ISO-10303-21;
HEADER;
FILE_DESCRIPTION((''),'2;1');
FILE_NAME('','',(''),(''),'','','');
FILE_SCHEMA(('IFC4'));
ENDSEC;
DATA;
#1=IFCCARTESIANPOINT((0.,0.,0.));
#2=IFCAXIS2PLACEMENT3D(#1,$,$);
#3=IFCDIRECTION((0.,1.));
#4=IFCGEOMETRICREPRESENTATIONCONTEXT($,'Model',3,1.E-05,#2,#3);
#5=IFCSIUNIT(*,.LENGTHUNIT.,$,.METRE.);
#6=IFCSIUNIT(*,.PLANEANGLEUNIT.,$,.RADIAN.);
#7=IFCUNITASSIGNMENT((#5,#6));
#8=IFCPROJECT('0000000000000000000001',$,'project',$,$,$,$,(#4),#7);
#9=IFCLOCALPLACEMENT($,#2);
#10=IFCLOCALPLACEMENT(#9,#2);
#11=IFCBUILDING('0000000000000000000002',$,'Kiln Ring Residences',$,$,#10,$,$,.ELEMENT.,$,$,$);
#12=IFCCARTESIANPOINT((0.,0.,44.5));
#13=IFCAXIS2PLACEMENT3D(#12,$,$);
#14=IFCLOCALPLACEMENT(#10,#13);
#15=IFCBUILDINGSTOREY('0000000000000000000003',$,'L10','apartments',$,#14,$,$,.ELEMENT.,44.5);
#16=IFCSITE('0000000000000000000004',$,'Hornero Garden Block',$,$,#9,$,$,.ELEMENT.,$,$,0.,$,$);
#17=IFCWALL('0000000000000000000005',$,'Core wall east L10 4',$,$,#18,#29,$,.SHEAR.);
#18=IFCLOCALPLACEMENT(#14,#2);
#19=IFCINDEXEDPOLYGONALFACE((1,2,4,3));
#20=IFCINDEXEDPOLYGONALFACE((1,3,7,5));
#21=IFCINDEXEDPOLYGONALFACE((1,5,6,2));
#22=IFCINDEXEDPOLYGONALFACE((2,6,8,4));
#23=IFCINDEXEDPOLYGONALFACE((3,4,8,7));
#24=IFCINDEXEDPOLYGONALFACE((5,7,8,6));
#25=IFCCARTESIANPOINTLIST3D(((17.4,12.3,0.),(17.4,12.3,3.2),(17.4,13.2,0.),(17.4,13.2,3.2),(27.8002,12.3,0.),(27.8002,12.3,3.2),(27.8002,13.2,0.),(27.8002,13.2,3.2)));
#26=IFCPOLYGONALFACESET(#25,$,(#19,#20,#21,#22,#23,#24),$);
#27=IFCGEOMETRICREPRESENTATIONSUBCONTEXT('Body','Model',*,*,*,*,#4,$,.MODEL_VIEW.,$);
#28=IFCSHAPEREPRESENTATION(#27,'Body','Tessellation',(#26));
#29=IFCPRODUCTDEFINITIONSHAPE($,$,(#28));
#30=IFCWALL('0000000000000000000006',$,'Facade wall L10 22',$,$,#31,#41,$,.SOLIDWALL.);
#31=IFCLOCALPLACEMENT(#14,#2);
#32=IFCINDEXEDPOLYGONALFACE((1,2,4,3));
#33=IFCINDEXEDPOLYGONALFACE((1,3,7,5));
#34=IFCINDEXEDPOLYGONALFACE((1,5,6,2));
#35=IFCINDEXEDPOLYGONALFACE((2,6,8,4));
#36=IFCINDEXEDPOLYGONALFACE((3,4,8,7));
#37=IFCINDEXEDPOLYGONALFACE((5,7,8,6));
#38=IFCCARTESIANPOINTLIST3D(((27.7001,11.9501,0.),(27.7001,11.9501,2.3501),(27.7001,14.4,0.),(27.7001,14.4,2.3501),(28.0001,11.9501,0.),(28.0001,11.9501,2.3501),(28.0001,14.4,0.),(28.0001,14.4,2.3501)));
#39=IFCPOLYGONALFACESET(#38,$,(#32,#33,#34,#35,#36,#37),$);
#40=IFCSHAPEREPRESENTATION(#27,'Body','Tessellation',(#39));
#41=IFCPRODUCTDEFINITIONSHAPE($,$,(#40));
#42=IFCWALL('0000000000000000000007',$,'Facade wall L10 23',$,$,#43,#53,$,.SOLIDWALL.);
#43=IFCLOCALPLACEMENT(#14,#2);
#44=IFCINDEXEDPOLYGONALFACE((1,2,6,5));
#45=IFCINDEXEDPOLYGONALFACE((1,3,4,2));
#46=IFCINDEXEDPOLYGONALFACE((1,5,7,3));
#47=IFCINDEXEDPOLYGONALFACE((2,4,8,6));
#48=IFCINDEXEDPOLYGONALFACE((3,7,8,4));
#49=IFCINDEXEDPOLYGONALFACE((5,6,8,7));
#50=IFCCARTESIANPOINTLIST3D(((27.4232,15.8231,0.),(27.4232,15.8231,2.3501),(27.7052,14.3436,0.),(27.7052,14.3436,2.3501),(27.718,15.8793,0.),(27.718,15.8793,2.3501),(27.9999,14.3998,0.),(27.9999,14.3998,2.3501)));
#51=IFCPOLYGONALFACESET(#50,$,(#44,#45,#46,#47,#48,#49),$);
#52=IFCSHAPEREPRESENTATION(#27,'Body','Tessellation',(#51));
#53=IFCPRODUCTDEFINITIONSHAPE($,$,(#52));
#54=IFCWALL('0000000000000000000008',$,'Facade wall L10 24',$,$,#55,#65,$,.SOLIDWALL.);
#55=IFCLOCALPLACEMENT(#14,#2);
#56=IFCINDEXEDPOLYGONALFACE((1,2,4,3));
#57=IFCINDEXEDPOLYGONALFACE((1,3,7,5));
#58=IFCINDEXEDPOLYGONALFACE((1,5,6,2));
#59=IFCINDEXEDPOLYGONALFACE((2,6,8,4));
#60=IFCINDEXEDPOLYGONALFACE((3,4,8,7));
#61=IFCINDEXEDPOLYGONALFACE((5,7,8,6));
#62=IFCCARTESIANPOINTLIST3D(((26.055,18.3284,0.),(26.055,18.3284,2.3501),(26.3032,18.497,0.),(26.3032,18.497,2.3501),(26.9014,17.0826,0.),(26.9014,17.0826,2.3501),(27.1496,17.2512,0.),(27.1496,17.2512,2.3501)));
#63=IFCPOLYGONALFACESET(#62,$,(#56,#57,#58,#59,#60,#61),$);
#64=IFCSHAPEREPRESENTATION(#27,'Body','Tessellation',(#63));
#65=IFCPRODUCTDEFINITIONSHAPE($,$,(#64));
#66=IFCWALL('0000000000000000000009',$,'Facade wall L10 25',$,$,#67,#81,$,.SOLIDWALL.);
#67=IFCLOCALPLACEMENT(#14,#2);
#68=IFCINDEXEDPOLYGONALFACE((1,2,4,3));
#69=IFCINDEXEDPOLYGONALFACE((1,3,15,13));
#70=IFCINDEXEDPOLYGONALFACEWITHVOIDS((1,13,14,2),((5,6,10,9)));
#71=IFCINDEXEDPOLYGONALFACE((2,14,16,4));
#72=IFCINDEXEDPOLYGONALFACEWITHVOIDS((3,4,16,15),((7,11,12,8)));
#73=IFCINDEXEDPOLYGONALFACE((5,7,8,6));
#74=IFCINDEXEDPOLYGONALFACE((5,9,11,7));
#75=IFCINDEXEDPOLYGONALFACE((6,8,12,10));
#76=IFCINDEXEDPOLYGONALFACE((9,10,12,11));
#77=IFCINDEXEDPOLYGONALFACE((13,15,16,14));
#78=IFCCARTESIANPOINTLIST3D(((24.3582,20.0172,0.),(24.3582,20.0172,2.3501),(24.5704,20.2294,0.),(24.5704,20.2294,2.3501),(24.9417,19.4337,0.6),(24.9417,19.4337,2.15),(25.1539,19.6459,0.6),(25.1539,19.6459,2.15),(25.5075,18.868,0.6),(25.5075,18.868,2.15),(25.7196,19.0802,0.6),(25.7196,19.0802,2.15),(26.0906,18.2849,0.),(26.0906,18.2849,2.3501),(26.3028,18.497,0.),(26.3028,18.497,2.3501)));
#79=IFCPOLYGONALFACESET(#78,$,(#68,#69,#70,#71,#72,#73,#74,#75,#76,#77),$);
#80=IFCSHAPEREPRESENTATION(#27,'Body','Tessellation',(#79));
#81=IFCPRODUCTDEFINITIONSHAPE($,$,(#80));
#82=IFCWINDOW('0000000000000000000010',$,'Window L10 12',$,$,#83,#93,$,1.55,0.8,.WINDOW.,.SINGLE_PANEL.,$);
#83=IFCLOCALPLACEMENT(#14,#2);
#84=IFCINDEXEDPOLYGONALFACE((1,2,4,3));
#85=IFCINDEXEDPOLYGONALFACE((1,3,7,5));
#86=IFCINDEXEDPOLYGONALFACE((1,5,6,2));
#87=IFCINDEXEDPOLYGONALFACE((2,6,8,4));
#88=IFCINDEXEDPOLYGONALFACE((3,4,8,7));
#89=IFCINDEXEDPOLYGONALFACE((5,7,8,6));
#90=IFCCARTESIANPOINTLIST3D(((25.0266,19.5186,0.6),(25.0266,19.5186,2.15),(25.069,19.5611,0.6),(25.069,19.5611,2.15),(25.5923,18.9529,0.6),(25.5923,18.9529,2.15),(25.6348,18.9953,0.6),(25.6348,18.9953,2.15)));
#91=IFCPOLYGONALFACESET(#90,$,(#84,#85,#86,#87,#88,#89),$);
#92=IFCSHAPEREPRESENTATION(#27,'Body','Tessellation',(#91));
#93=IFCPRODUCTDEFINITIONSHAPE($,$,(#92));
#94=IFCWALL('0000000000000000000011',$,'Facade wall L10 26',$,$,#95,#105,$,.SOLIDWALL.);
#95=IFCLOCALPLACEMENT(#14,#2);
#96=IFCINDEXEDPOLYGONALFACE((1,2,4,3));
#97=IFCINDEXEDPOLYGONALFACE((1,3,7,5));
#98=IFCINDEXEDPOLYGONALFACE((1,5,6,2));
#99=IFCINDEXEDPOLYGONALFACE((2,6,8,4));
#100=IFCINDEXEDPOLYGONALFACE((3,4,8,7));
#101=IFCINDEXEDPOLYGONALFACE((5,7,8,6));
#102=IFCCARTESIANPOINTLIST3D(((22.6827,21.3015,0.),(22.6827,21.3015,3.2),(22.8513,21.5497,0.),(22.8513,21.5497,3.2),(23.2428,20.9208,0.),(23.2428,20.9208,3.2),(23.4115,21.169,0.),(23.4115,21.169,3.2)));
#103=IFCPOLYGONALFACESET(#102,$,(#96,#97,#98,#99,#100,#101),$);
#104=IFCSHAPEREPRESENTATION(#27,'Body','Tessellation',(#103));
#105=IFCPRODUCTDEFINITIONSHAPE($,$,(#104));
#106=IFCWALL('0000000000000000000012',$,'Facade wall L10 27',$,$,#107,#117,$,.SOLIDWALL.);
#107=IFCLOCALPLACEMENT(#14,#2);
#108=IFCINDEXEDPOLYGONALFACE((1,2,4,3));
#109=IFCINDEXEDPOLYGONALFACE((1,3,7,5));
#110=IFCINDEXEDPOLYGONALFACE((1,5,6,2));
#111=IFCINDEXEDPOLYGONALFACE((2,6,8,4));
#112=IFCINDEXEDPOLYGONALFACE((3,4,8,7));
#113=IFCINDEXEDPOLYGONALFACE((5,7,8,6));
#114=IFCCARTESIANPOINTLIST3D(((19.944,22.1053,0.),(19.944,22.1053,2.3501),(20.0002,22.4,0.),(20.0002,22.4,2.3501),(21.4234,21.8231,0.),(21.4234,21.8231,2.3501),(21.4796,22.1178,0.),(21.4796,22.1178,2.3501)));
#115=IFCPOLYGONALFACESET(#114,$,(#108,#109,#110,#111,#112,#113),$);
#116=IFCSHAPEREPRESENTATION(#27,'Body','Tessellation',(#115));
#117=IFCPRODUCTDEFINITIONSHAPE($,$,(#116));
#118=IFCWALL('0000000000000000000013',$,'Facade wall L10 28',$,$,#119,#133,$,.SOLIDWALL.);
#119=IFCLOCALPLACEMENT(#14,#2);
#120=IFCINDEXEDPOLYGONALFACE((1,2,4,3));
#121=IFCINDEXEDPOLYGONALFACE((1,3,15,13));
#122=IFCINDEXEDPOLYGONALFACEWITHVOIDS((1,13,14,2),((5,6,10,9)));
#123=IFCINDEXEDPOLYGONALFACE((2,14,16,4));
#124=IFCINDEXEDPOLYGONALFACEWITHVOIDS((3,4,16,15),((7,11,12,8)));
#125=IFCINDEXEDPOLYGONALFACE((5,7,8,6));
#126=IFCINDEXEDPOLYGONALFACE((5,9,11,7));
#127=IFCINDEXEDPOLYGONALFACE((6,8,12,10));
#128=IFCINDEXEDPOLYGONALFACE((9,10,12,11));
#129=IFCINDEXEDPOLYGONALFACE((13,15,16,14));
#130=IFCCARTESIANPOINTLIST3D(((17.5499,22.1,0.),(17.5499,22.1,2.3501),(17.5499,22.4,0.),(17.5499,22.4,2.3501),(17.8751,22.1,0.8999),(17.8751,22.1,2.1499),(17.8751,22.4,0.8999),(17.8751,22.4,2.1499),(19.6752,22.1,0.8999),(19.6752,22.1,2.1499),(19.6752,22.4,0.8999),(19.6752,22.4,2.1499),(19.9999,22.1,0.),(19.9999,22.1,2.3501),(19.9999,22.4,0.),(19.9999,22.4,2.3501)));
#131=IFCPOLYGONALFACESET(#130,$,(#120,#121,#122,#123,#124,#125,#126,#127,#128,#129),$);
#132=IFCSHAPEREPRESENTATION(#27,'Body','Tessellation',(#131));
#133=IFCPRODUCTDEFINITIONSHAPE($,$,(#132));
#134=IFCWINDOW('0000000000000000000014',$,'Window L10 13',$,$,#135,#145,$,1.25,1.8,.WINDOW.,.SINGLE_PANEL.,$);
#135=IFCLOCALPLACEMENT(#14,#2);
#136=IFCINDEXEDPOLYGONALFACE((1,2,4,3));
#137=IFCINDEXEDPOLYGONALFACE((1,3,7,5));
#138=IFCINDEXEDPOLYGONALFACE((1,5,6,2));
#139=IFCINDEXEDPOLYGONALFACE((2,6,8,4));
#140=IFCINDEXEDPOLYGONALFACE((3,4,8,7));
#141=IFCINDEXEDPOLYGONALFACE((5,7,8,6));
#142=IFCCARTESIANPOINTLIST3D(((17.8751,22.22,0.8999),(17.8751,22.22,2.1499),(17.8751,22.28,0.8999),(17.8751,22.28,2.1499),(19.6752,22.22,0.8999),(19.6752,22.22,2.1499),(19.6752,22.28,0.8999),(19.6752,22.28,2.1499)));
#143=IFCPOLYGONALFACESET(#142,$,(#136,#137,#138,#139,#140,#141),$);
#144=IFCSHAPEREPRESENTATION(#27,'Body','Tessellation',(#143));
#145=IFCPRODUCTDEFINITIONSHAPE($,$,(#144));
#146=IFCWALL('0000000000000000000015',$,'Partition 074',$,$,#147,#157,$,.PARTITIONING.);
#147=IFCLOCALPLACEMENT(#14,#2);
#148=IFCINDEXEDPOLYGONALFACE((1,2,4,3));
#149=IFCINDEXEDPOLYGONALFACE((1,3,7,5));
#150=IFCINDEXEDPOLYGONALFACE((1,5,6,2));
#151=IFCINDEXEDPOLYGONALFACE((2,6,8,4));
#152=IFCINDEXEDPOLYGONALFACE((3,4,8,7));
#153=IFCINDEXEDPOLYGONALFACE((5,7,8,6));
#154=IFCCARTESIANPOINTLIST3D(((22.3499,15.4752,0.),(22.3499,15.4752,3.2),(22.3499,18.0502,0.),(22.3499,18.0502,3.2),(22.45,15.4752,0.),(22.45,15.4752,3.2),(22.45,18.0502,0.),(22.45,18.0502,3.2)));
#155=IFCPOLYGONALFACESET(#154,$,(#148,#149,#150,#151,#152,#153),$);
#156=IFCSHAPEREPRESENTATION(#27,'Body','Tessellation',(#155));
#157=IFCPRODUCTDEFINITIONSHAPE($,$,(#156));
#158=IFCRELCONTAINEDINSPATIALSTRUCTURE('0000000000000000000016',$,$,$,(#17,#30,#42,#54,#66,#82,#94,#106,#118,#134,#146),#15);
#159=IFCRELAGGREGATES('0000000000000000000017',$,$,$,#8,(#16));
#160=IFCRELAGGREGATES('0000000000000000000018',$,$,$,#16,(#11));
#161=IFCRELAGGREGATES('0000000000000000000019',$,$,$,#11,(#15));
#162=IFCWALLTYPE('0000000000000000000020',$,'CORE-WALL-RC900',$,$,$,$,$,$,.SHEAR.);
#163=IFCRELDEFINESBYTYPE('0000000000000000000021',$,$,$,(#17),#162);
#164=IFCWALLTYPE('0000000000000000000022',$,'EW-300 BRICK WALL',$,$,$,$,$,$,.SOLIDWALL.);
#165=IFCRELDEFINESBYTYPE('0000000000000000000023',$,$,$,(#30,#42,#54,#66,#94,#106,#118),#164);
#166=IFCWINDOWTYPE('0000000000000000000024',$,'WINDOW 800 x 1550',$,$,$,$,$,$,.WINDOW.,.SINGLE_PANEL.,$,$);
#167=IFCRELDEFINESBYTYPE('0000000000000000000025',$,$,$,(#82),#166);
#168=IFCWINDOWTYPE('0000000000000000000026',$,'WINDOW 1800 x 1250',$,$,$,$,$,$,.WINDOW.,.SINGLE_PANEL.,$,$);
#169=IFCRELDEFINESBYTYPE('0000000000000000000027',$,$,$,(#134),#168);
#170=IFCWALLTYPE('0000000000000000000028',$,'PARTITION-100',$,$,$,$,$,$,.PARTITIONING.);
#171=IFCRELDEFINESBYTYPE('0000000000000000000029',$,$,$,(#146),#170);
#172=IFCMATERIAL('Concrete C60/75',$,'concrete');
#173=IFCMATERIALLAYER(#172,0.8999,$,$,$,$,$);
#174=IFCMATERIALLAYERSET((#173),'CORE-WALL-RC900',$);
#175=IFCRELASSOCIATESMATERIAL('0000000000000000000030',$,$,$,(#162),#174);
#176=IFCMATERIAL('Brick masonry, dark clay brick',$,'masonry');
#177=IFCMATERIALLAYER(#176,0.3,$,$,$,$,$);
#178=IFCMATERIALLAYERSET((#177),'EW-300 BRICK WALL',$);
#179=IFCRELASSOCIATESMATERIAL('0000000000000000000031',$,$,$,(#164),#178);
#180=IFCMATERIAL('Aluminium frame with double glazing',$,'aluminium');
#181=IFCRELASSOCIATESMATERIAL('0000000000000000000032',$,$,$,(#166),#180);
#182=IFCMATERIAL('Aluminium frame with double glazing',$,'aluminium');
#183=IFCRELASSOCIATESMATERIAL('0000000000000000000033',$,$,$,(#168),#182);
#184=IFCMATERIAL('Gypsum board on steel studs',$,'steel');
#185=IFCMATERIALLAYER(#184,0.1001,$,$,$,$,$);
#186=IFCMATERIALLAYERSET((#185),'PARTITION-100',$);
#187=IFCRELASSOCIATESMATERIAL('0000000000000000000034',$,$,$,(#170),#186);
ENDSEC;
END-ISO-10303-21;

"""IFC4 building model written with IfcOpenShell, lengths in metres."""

from ifc_helpers import new_model, si_unit, direction, frame, frame_2d, origin, place, context, subcontext, project, spatial, rectangle, extrude, material, layer, layer_set, type_object, element, fill, save


model = new_model("IFC4")

# Units and contexts
model_context = context("Model", 3, precision=1e-05, world=origin(), true_north=direction((0.0, 1.0)))
body_context = subcontext(model_context, "Body", "Model", "MODEL_VIEW")
ifc_project = project(units=[si_unit("LENGTHUNIT", "METRE"), si_unit("PLANEANGLEUNIT", "RADIAN")], contexts=[model_context])

# Site, building, storey
site_placement = place(None, origin())
site = spatial("IfcSite", under=ifc_project, at=site_placement, Name="Hornero Garden Block", CompositionType="ELEMENT", RefElevation=0.0)
building_placement = place(site_placement, origin())
building = spatial("IfcBuilding", under=site, at=building_placement, Name="Kiln Ring Residences", CompositionType="ELEMENT")
storey_placement = place(building_placement, frame((0.0, 0.0, 44.5)))
storey = spatial("IfcBuildingStorey", under=building, at=storey_placement, Name="L10", Description="apartments", CompositionType="ELEMENT", Elevation=44.5)

# Walls
ifc_material_1 = material(Name="Concrete C60/75", Category="concrete")
ifc_layer_1 = layer(ifc_material_1, 0.8999)
ifc_layer_set_1 = layer_set([ifc_layer_1], Name="CORE-WALL-RC900")
wall_type_1 = type_object("IfcWallType", Name="CORE-WALL-RC900", PredefinedType="SHEAR", material=ifc_layer_set_1)
wall_1_placement = place(storey_placement, frame((17.3999, 12.75, 0.0), z_axis=(0.0, 0.0, 1.0), x_axis=(1.0, 0.0, 0.0)))
element("IfcWall", 1, at=wall_1_placement, inside=storey, type_object=wall_type_1, Name="Core wall east L10 4", PredefinedType="SHEAR", context=body_context, shape_type="SweptSolid", body=[
    extrude(rectangle(XDim=10.4001, YDim=0.8999, at=frame_2d((5.2002, 0.0))), origin(), (0.0, 0.0, 1.0), 3.2),
])
ifc_material_2 = material(Name="Brick masonry, dark clay brick", Category="masonry")
ifc_layer_2 = layer(ifc_material_2, 0.3)
ifc_layer_set_2 = layer_set([ifc_layer_2], Name="EW-300 BRICK WALL")
wall_type_2 = type_object("IfcWallType", Name="EW-300 BRICK WALL", PredefinedType="SOLIDWALL", material=ifc_layer_set_2)
wall_2_placement = place(storey_placement, frame((27.8501, 11.95, 0.0), z_axis=(0.0, 0.0, 1.0), x_axis=(0.0, 1.0, 0.0)))
element("IfcWall", 2, at=wall_2_placement, inside=storey, type_object=wall_type_2, Name="Facade wall L10 22", PredefinedType="SOLIDWALL", context=body_context, shape_type="SweptSolid", body=[
    extrude(rectangle(XDim=2.45, YDim=0.3, at=frame_2d((1.2251, 0.0))), origin(), (0.0, 0.0, 1.0), 2.3501),
])
for number, where, z_axis, x_axis, name in (
    (3, (27.8525, 14.3718, 0.0), (0.0, 0.0, 1.0), (-0.187224, 0.982317, 0.0), "Facade wall L10 23"),
    (4, (27.0254, 17.167, 0.0), (0.0, 0.0, 1.0), (-0.561973, 0.827156, 0.0), "Facade wall L10 24"),
):
    element("IfcWall", number, at=place(storey_placement, frame(where, z_axis=z_axis, x_axis=x_axis)), inside=storey, type_object=wall_type_2, Name=name, PredefinedType="SOLIDWALL", context=body_context, shape_type="SweptSolid", body=[
        extrude(rectangle(XDim=1.5061, YDim=0.3, at=frame_2d((0.7529, 0.0))), origin(), (0.0, 0.0, 1.0), 2.3501),
    ])

# Wall, opening, window
wall_3_placement = place(storey_placement, frame((26.1968, 18.3909, 0.0), z_axis=(0.0, 0.0, 1.0), x_axis=(-0.707107, 0.707107, 0.0)))
wall_3 = element("IfcWall", 5, at=wall_3_placement, inside=storey, type_object=wall_type_2, Name="Facade wall L10 25", PredefinedType="SOLIDWALL", context=body_context, shape_type="SweptSolid", body=[
    extrude(rectangle(XDim=2.45, YDim=0.3, at=frame_2d((1.2251, 0.0))), origin(), (0.0, 0.0, 1.0), 2.3501),
])
opening_1_placement = place(wall_3_placement, frame((0.825, 0.0, 0.6001)))
opening_1 = element("IfcOpeningElement", 6, at=opening_1_placement, cuts=wall_3, PredefinedType="OPENING", context=body_context, shape_type="SweptSolid", body=[
    extrude(rectangle(XDim=0.8, YDim=1.55, at=frame_2d((0.3999, 0.7749))), frame((0.0, 0.1599, 0.0), z_axis=(0.0, -1.0, 0.0), x_axis=(1.0, 0.0, 0.0)), (0.0, 0.0, 1.0), 0.3201),
])
ifc_material_3 = material(Name="Aluminium frame with double glazing", Category="aluminium")
window_type_1 = type_object("IfcWindowType", Name="WINDOW 800 x 1550", PartitioningType="SINGLE_PANEL", PredefinedType="WINDOW", material=ifc_material_3)
window_1_placement = place(opening_1_placement, origin())
window_1 = element("IfcWindow", 7, at=window_1_placement, inside=storey, type_object=window_type_1, Name="Window L10 12", OverallHeight=1.55, OverallWidth=0.8, PartitioningType="SINGLE_PANEL", PredefinedType="WINDOW", context=body_context, shape_type="SweptSolid", body=[
    extrude(rectangle(XDim=0.8, YDim=1.55, at=frame_2d((0.3999, 0.7749))), frame((0.0, 0.03, 0.0), z_axis=(0.0, -1.0, 0.0), x_axis=(1.0, 0.0, 0.0)), (0.0, 0.0, 1.0), 0.0601),
])
fill(opening_1, window_1)

# Walls
wall_4_placement = place(storey_placement, frame((23.3271, 21.0449, 0.0), z_axis=(0.0, 0.0, 1.0), x_axis=(-0.827081, 0.562083, 0.0)))
element("IfcWall", 8, at=wall_4_placement, inside=storey, type_object=wall_type_2, Name="Facade wall L10 26", PredefinedType="SOLIDWALL", context=body_context, shape_type="SweptSolid", body=[
    extrude(rectangle(XDim=0.6772, YDim=0.3, at=frame_2d((0.3386, 0.0))), origin(), (0.0, 0.0, 1.0), 3.2),
])
wall_5_placement = place(storey_placement, frame((21.4514, 21.9705, 0.0), z_axis=(0.0, 0.0, 1.0), x_axis=(-0.982287, 0.18738, 0.0)))
element("IfcWall", 9, at=wall_5_placement, inside=storey, type_object=wall_type_2, Name="Facade wall L10 27", PredefinedType="SOLIDWALL", context=body_context, shape_type="SweptSolid", body=[
    extrude(rectangle(XDim=1.5061, YDim=0.3, at=frame_2d((0.7529, 0.0))), origin(), (0.0, 0.0, 1.0), 2.3501),
])

# Wall, opening, window
wall_6_placement = place(storey_placement, frame((20.0, 22.25, 0.0), z_axis=(0.0, 0.0, 1.0), x_axis=(-1.0, 0.0, 0.0)))
wall_6 = element("IfcWall", 10, at=wall_6_placement, inside=storey, type_object=wall_type_2, Name="Facade wall L10 28", PredefinedType="SOLIDWALL", context=body_context, shape_type="SweptSolid", body=[
    extrude(rectangle(XDim=2.45, YDim=0.3, at=frame_2d((1.2251, 0.0))), origin(), (0.0, 0.0, 1.0), 2.3501),
])
opening_2_placement = place(wall_6_placement, frame((0.325, 0.0, 0.8999)))
opening_2 = element("IfcOpeningElement", 11, at=opening_2_placement, cuts=wall_6, PredefinedType="OPENING", context=body_context, shape_type="SweptSolid", body=[
    extrude(rectangle(XDim=1.8, YDim=1.25, at=frame_2d((0.8999, 0.625))), frame((0.0, 0.1599, 0.0), z_axis=(0.0, -1.0, 0.0), x_axis=(1.0, 0.0, 0.0)), (0.0, 0.0, 1.0), 0.3201),
])
ifc_material_4 = material(Name="Aluminium frame with double glazing", Category="aluminium")
window_type_2 = type_object("IfcWindowType", Name="WINDOW 1800 x 1250", PartitioningType="SINGLE_PANEL", PredefinedType="WINDOW", material=ifc_material_4)
window_2_placement = place(opening_2_placement, origin())
window_2 = element("IfcWindow", 12, at=window_2_placement, inside=storey, type_object=window_type_2, Name="Window L10 13", OverallHeight=1.25, OverallWidth=1.8, PartitioningType="SINGLE_PANEL", PredefinedType="WINDOW", context=body_context, shape_type="SweptSolid", body=[
    extrude(rectangle(XDim=1.8, YDim=1.25, at=frame_2d((0.8999, 0.625))), frame((0.0, 0.03, 0.0), z_axis=(0.0, -1.0, 0.0), x_axis=(1.0, 0.0, 0.0)), (0.0, 0.0, 1.0), 0.0601),
])
fill(opening_2, window_2)

# Wall
ifc_material_5 = material(Name="Gypsum board on steel studs", Category="steel")
ifc_layer_3 = layer(ifc_material_5, 0.1001)
ifc_layer_set_3 = layer_set([ifc_layer_3], Name="PARTITION-100")
wall_type_3 = type_object("IfcWallType", Name="PARTITION-100", PredefinedType="PARTITIONING", material=ifc_layer_set_3)
wall_7_placement = place(storey_placement, frame((22.3999, 15.4751, 0.0), z_axis=(0.0, 0.0, 1.0), x_axis=(0.0, 1.0, 0.0)))
element("IfcWall", 13, at=wall_7_placement, inside=storey, type_object=wall_type_3, Name="Partition 074", PredefinedType="PARTITIONING", context=body_context, shape_type="SweptSolid", body=[
    extrude(rectangle(XDim=2.575, YDim=0.1001, at=frame_2d((1.2876, 0.0))), origin(), (0.0, 0.0, 1.0), 3.2),
])

save(model, "model.ifc")
